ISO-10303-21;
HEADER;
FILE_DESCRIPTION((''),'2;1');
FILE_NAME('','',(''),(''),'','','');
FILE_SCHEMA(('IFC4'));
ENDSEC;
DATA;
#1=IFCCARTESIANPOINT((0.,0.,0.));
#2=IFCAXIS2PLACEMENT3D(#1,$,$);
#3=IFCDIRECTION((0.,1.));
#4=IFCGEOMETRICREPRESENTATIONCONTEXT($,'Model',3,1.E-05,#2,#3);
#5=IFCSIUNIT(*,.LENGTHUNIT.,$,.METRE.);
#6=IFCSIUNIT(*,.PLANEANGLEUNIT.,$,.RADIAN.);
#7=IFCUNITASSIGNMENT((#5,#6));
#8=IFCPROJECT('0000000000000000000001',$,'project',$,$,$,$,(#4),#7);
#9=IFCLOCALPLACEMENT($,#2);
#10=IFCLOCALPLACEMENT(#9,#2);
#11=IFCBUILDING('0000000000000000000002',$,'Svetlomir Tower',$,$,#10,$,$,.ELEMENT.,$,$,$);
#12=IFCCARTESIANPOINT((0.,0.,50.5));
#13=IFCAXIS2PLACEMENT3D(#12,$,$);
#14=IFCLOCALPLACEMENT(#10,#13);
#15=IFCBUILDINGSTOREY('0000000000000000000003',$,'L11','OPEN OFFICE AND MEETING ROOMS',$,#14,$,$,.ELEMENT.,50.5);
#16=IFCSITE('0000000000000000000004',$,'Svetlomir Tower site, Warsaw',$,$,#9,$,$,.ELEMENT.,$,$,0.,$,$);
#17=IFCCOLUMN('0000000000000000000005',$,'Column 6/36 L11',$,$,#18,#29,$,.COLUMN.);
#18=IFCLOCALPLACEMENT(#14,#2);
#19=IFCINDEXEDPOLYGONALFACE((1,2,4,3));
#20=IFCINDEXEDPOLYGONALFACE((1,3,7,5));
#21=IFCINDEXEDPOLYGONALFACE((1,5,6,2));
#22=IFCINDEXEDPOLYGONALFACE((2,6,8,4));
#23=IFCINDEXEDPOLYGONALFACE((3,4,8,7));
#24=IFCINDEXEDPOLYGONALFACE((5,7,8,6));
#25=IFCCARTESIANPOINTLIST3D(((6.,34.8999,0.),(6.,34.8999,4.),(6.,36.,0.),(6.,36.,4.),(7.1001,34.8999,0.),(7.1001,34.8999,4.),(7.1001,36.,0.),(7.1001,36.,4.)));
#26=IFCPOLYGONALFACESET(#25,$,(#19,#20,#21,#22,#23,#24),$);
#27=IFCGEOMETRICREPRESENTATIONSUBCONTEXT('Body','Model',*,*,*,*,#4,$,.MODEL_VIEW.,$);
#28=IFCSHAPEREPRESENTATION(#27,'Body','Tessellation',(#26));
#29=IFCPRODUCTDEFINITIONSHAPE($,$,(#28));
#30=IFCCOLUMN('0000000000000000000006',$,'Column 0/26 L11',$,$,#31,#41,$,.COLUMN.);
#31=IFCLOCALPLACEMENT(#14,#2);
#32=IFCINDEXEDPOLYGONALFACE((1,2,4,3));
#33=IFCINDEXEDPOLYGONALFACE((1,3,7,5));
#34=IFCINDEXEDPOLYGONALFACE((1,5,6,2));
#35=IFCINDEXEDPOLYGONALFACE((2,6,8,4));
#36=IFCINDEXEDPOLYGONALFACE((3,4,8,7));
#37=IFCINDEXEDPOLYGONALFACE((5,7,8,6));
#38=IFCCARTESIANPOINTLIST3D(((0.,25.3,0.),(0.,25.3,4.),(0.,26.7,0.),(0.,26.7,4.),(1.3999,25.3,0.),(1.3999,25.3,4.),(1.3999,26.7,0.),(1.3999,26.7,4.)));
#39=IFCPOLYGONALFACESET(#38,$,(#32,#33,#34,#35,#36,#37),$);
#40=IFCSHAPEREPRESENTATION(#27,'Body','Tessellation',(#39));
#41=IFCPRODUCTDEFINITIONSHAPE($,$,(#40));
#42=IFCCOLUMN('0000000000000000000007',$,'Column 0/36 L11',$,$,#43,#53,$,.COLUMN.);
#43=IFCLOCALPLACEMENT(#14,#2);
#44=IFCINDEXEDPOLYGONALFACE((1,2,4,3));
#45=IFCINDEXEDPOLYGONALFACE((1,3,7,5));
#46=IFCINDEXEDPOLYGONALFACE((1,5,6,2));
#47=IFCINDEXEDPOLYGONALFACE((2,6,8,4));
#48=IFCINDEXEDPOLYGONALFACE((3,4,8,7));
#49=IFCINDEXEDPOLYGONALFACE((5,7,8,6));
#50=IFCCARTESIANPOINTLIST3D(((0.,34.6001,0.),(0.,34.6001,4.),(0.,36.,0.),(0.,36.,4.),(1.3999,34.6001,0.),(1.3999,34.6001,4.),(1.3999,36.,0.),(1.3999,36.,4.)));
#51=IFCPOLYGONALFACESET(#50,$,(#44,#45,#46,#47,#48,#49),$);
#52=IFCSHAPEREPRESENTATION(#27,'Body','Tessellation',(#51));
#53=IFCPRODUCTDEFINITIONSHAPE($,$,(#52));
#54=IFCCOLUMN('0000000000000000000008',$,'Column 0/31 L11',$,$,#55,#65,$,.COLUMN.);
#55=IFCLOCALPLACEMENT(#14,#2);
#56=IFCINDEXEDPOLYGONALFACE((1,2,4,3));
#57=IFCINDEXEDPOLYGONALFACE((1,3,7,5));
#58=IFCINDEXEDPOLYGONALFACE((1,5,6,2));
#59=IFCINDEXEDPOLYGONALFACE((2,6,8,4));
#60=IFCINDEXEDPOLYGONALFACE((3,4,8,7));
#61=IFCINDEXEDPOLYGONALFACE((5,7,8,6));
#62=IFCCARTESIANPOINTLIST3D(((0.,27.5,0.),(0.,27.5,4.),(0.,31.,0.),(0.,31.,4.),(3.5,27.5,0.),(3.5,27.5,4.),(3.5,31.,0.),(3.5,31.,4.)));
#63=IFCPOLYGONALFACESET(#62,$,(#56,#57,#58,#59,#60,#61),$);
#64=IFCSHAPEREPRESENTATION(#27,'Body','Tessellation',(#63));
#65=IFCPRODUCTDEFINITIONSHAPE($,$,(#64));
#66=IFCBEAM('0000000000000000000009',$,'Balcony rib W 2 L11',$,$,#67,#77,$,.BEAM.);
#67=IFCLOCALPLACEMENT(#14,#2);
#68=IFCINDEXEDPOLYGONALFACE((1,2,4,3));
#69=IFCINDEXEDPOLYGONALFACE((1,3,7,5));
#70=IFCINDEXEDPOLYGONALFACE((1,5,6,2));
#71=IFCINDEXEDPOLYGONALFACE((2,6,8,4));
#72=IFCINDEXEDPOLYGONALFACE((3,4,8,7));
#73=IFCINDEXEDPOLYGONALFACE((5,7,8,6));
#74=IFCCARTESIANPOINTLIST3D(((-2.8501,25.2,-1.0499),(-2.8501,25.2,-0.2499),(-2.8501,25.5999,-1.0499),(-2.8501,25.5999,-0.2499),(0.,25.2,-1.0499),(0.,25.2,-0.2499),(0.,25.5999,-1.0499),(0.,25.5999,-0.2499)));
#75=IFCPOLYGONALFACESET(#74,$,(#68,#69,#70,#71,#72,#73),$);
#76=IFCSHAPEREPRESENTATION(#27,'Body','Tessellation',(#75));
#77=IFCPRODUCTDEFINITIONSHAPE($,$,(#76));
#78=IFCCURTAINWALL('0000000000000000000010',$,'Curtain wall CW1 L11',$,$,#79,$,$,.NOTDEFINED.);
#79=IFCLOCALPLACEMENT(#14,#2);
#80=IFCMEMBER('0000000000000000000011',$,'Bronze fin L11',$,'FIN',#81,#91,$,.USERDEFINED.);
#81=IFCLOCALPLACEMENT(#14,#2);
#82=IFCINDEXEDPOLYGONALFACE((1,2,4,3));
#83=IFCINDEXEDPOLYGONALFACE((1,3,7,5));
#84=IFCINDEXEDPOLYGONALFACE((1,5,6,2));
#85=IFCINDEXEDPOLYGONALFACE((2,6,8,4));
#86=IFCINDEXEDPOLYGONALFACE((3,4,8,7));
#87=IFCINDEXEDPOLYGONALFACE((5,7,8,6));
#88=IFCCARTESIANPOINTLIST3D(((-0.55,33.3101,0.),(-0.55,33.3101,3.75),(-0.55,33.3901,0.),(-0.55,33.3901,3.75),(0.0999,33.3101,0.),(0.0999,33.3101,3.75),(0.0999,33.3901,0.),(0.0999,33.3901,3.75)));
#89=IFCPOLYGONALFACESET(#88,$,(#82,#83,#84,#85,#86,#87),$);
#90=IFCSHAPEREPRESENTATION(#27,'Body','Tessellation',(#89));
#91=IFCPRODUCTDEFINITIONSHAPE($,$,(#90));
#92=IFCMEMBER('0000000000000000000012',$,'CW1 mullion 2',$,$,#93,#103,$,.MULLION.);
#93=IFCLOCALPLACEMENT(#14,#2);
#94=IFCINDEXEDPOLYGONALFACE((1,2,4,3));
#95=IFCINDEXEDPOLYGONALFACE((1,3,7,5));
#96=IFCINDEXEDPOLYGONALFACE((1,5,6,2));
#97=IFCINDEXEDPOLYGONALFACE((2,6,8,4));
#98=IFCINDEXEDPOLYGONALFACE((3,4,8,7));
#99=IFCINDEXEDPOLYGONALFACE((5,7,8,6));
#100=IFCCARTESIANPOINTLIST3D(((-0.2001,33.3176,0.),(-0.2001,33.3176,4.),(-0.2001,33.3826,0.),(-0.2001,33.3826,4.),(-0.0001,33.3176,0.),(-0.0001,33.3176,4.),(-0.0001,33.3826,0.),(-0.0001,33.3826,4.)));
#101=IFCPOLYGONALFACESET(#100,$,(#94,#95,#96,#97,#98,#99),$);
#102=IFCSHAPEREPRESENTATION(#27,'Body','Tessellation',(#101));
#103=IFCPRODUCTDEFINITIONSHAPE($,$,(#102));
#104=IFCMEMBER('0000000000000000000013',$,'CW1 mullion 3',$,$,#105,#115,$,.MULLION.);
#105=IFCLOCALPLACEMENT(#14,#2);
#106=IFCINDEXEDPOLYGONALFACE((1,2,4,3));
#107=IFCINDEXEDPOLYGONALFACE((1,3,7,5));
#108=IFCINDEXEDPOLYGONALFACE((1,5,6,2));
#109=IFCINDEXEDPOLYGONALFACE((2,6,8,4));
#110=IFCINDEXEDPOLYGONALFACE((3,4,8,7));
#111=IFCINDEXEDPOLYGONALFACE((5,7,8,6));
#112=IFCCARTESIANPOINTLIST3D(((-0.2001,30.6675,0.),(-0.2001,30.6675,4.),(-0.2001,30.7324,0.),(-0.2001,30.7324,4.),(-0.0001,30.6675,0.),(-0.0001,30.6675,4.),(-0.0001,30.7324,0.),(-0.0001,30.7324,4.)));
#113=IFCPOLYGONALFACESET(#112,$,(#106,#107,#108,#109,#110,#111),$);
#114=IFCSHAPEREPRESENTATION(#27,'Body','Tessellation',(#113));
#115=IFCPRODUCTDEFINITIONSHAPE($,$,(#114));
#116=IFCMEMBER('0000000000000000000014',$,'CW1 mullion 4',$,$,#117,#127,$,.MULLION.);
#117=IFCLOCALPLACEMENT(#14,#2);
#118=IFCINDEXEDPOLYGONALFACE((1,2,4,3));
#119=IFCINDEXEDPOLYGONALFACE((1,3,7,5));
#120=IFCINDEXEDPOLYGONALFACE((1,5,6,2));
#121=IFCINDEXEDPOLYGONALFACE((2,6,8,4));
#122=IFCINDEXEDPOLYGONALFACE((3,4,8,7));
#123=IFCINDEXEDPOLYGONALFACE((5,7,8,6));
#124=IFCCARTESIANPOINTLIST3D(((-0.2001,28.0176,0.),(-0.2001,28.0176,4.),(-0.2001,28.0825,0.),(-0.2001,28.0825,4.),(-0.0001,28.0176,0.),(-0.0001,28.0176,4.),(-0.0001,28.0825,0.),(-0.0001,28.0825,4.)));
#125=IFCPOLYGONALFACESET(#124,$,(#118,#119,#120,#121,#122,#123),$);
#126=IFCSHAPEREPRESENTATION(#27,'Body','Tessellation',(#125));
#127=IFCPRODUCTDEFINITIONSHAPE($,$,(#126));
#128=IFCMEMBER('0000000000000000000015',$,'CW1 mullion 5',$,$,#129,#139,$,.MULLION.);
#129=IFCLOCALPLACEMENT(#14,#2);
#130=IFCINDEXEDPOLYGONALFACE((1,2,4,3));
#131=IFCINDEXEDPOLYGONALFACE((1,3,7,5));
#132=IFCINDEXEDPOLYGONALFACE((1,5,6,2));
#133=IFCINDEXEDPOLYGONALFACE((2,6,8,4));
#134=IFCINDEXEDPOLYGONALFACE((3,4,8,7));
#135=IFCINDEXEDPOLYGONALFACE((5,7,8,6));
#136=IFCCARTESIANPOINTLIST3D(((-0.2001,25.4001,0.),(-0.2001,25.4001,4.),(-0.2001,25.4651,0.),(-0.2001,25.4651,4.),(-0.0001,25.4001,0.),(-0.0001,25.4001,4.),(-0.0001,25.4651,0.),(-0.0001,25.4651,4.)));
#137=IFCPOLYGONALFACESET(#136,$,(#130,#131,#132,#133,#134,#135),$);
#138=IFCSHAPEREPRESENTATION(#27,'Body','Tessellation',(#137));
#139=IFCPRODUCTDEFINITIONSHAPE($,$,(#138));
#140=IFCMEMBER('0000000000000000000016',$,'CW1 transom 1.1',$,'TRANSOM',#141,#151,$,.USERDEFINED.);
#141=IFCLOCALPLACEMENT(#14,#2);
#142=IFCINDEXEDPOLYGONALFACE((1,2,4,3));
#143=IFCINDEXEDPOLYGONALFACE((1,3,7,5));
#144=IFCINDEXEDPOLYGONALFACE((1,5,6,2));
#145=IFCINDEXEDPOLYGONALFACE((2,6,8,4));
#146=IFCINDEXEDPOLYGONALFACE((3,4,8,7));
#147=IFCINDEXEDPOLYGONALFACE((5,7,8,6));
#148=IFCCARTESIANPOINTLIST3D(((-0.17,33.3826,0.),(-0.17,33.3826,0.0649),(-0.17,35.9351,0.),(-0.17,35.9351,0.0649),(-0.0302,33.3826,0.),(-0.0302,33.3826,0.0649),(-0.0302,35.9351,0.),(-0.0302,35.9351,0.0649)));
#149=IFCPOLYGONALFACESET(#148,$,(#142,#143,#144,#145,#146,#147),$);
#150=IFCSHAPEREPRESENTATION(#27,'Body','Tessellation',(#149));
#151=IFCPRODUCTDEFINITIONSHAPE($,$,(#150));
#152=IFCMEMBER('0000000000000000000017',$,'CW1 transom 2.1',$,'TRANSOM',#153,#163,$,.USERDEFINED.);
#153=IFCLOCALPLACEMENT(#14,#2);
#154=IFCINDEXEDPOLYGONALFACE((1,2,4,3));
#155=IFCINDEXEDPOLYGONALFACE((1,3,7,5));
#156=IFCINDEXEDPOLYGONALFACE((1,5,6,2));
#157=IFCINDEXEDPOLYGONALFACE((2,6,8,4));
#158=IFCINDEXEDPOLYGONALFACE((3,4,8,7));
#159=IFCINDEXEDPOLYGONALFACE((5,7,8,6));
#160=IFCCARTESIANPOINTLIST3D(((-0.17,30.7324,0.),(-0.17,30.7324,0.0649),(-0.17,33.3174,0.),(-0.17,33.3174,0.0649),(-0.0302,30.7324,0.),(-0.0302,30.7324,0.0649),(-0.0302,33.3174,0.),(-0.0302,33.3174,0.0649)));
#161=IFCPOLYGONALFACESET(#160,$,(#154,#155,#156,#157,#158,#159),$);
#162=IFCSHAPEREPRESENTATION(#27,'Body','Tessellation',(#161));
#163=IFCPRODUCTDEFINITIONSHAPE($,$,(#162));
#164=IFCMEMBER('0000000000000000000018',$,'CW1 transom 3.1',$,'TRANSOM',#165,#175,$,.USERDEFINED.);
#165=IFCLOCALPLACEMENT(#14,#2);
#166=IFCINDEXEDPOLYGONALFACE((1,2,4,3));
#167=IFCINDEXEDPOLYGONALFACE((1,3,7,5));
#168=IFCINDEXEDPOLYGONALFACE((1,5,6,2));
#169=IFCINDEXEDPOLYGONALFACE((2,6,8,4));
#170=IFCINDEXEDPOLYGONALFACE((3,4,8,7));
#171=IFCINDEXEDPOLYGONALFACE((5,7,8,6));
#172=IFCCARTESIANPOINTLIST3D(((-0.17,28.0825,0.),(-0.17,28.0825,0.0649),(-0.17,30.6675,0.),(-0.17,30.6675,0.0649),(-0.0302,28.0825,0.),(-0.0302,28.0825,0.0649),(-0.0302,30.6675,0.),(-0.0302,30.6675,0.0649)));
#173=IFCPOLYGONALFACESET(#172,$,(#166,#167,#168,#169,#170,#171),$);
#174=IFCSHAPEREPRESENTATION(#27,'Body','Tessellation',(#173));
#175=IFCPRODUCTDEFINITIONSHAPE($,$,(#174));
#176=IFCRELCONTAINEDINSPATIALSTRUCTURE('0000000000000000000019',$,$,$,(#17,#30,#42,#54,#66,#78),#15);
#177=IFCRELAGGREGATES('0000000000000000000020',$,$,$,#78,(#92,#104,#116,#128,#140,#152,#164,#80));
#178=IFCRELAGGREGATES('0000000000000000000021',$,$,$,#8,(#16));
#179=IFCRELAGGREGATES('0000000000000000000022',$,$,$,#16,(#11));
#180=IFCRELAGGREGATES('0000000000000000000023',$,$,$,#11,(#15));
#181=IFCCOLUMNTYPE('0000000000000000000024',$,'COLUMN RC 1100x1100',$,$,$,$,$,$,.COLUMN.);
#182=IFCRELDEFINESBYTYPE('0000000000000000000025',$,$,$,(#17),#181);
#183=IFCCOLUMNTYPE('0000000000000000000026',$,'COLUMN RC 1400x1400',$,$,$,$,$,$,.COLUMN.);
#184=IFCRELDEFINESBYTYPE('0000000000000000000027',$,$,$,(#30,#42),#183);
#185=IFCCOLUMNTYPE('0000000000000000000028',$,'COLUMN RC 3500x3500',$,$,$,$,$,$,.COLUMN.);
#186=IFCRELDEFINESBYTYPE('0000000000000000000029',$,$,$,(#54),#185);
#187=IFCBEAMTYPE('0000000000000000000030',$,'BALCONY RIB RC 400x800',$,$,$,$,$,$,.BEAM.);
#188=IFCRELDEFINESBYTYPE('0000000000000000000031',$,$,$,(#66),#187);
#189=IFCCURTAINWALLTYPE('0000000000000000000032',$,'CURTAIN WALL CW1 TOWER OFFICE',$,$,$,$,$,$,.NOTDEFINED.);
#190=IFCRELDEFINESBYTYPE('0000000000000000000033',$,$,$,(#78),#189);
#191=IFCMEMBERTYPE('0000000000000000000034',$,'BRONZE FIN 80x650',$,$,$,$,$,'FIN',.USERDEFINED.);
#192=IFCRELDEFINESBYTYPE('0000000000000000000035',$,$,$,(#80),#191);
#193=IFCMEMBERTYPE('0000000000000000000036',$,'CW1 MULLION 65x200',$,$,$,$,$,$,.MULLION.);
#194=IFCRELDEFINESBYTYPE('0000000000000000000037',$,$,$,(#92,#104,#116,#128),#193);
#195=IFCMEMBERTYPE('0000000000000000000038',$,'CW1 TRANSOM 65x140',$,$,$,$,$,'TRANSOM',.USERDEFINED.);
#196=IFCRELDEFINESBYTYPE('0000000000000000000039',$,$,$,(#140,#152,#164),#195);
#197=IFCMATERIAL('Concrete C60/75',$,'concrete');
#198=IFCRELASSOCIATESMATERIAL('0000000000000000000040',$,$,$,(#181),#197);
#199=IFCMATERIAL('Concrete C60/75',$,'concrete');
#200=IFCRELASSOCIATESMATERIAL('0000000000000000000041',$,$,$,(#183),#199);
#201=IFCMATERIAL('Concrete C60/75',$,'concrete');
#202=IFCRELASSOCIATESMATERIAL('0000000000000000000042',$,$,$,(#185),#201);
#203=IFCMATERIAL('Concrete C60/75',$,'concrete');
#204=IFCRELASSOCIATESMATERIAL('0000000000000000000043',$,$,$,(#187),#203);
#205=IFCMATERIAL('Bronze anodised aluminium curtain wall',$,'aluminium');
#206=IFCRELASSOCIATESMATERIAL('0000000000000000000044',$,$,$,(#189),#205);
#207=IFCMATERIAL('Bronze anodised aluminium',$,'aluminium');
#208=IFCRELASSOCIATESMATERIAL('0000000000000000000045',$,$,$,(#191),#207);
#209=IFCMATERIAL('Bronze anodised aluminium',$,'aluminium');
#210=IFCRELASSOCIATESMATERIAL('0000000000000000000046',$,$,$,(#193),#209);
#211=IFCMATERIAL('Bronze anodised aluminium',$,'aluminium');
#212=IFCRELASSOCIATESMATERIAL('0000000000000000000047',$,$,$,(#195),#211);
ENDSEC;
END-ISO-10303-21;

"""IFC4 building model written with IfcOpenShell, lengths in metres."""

from ifc_helpers import new_model, si_unit, direction, frame, origin, origin_2d, place, context, subcontext, project, spatial, rectangle, extrude, material, material_profile, profile_set, type_object, element, aggregate, save


model = new_model("IFC4")

# Units and contexts
model_context = context("Model", 3, precision=1e-05, world=origin(), true_north=direction((0.0, 1.0)))
body_context = subcontext(model_context, "Body", "Model", "MODEL_VIEW")
ifc_project = project(units=[si_unit("LENGTHUNIT", "METRE"), si_unit("PLANEANGLEUNIT", "RADIAN")], contexts=[model_context])

# Site, building, storey
site_placement = place(None, origin())
site = spatial("IfcSite", under=ifc_project, at=site_placement, Name="Svetlomir Tower site, Warsaw", CompositionType="ELEMENT", RefElevation=0.0)
building_placement = place(site_placement, origin())
building = spatial("IfcBuilding", under=site, at=building_placement, Name="Svetlomir Tower", CompositionType="ELEMENT")
storey_placement = place(building_placement, frame((0.0, 0.0, 50.5)))
storey = spatial("IfcBuildingStorey", under=building, at=storey_placement, Name="L11", Description="OPEN OFFICE AND MEETING ROOMS", CompositionType="ELEMENT", Elevation=50.5)

# Columns
ifc_material_1 = material(Name="Concrete C60/75", Category="concrete")
ifc_material_profile_1 = material_profile(ifc_material_1, rectangle(XDim=1.1001, YDim=1.1001, at=origin_2d()), Name="RC 1100x1100")
ifc_profile_set_1 = profile_set([ifc_material_profile_1], Name="Concrete C60/75")
column_type_1 = type_object("IfcColumnType", Name="COLUMN RC 1100x1100", PredefinedType="COLUMN", material=ifc_profile_set_1)
column_1_placement = place(storey_placement, frame((6.55, 35.45, 0.0), z_axis=(0.0, 0.0, 1.0), x_axis=(1.0, 0.0, 0.0)))
element("IfcColumn", 1, at=column_1_placement, inside=storey, type_object=column_type_1, Name="Column 6/36 L11", PredefinedType="COLUMN", context=body_context, shape_type="SweptSolid", body=[
    extrude(rectangle(XDim=1.1001, YDim=1.1001, at=origin_2d()), origin(), (0.0, 0.0, 1.0), 4.0),
])
ifc_material_2 = material(Name="Concrete C60/75", Category="concrete")
ifc_material_profile_2 = material_profile(ifc_material_2, rectangle(XDim=1.3999, YDim=1.3999, at=origin_2d()), Name="RC 1400x1400")
ifc_profile_set_2 = profile_set([ifc_material_profile_2], Name="Concrete C60/75")
column_type_2 = type_object("IfcColumnType", Name="COLUMN RC 1400x1400", PredefinedType="COLUMN", material=ifc_profile_set_2)
for number, where, z_axis, x_axis, name in (
    (2, (0.7, 26.0, 0.0), (0.0, 0.0, 1.0), (1.0, 0.0, 0.0), "Column 0/26 L11"),
    (3, (0.7, 35.3, 0.0), (0.0, 0.0, 1.0), (1.0, 0.0, 0.0), "Column 0/36 L11"),
):
    element("IfcColumn", number, at=place(storey_placement, frame(where, z_axis=z_axis, x_axis=x_axis)), inside=storey, type_object=column_type_2, Name=name, PredefinedType="COLUMN", context=body_context, shape_type="SweptSolid", body=[
        extrude(rectangle(XDim=1.3999, YDim=1.3999, at=origin_2d()), origin(), (0.0, 0.0, 1.0), 4.0),
    ])
ifc_material_3 = material(Name="Concrete C60/75", Category="concrete")
ifc_material_profile_3 = material_profile(ifc_material_3, rectangle(XDim=3.5, YDim=3.5, at=origin_2d()), Name="RC 3500x3500")
ifc_profile_set_3 = profile_set([ifc_material_profile_3], Name="Concrete C60/75")
column_type_3 = type_object("IfcColumnType", Name="COLUMN RC 3500x3500", PredefinedType="COLUMN", material=ifc_profile_set_3)
column_2_placement = place(storey_placement, frame((1.75, 29.25, 0.0), z_axis=(0.0, 0.0, 1.0), x_axis=(1.0, 0.0, 0.0)))
element("IfcColumn", 4, at=column_2_placement, inside=storey, type_object=column_type_3, Name="Column 0/31 L11", PredefinedType="COLUMN", context=body_context, shape_type="SweptSolid", body=[
    extrude(rectangle(XDim=3.5, YDim=3.5, at=origin_2d()), origin(), (0.0, 0.0, 1.0), 4.0),
])

# Beam
ifc_material_4 = material(Name="Concrete C60/75", Category="concrete")
ifc_material_profile_4 = material_profile(ifc_material_4, rectangle(XDim=0.3999, YDim=0.8, at=origin_2d()), Name="RC 400x800")
ifc_profile_set_4 = profile_set([ifc_material_profile_4], Name="Concrete C60/75")
beam_type_1 = type_object("IfcBeamType", Name="BALCONY RIB RC 400x800", PredefinedType="BEAM", material=ifc_profile_set_4)
beam_1_placement = place(storey_placement, frame((0.0, 25.3999, -0.6499), z_axis=(-1.0, 0.0, 0.0), x_axis=(0.0, -1.0, 0.0)))
element("IfcBeam", 5, at=beam_1_placement, inside=storey, type_object=beam_type_1, Name="Balcony rib W 2 L11", PredefinedType="BEAM", context=body_context, shape_type="SweptSolid", body=[
    extrude(rectangle(XDim=0.3999, YDim=0.8, at=origin_2d()), origin(), (0.0, 0.0, 1.0), 2.8501),
])

# Curtain wall, members
ifc_material_5 = material(Name="Bronze anodised aluminium curtain wall", Category="aluminium")
curtain_wall_type = type_object("IfcCurtainWallType", Name="CURTAIN WALL CW1 TOWER OFFICE", PredefinedType="NOTDEFINED", material=ifc_material_5)
curtain_wall_placement = place(storey_placement, origin())
curtain_wall = element("IfcCurtainWall", 6, at=curtain_wall_placement, inside=storey, type_object=curtain_wall_type, Name="Curtain wall CW1 L11", PredefinedType="NOTDEFINED")
ifc_material_6 = material(Name="Bronze anodised aluminium", Category="aluminium")
ifc_material_profile_5 = material_profile(ifc_material_6, rectangle(XDim=0.0801, YDim=0.6499, at=origin_2d()), Name="FIN 80x650")
ifc_profile_set_5 = profile_set([ifc_material_profile_5], Name="Bronze anodised aluminium 6063-T6")
member_type_1 = type_object("IfcMemberType", Name="BRONZE FIN 80x650", ElementType="FIN", PredefinedType="USERDEFINED", material=ifc_profile_set_5)
member_1_placement = place(storey_placement, frame((-0.2251, 33.3501, 0.0), z_axis=(0.0, 0.0, 1.0), x_axis=(0.0, 1.0, 0.0)))
member_1 = element("IfcMember", 7, at=member_1_placement, type_object=member_type_1, Name="Bronze fin L11", ObjectType="FIN", PredefinedType="USERDEFINED", context=body_context, shape_type="SweptSolid", body=[
    extrude(rectangle(XDim=0.0801, YDim=0.6499, at=origin_2d()), origin(), (0.0, 0.0, 1.0), 3.75),
])
ifc_material_7 = material(Name="Bronze anodised aluminium", Category="aluminium")
ifc_material_profile_6 = material_profile(ifc_material_7, rectangle(XDim=0.0649, YDim=0.2, at=origin_2d()), Name="AL 65x200")
ifc_profile_set_6 = profile_set([ifc_material_profile_6], Name="Bronze anodised aluminium 6063-T6")
member_type_2 = type_object("IfcMemberType", Name="CW1 MULLION 65x200", PredefinedType="MULLION", material=ifc_profile_set_6)
member_2_placement = place(storey_placement, frame((-0.1001, 33.3501, 0.0), z_axis=(0.0, 0.0, 1.0), x_axis=(0.0, -1.0, 0.0)))
member_2 = element("IfcMember", 8, at=member_2_placement, type_object=member_type_2, Name="CW1 mullion 2", PredefinedType="MULLION", context=body_context, shape_type="SweptSolid", body=[
    extrude(rectangle(XDim=0.0649, YDim=0.2, at=origin_2d()), origin(), (0.0, 0.0, 1.0), 4.0),
])
member_3_placement = place(storey_placement, frame((-0.1001, 30.7, 0.0), z_axis=(0.0, 0.0, 1.0), x_axis=(0.0, -1.0, 0.0)))
member_3 = element("IfcMember", 9, at=member_3_placement, type_object=member_type_2, Name="CW1 mullion 3", PredefinedType="MULLION", context=body_context, shape_type="SweptSolid", body=[
    extrude(rectangle(XDim=0.0649, YDim=0.2, at=origin_2d()), origin(), (0.0, 0.0, 1.0), 4.0),
])
member_4_placement = place(storey_placement, frame((-0.1001, 28.05, 0.0), z_axis=(0.0, 0.0, 1.0), x_axis=(0.0, -1.0, 0.0)))
member_4 = element("IfcMember", 10, at=member_4_placement, type_object=member_type_2, Name="CW1 mullion 4", PredefinedType="MULLION", context=body_context, shape_type="SweptSolid", body=[
    extrude(rectangle(XDim=0.0649, YDim=0.2, at=origin_2d()), origin(), (0.0, 0.0, 1.0), 4.0),
])
member_5_placement = place(storey_placement, frame((-0.1001, 25.4326, 0.0), z_axis=(0.0, 0.0, 1.0), x_axis=(0.0, -1.0, 0.0)))
member_5 = element("IfcMember", 11, at=member_5_placement, type_object=member_type_2, Name="CW1 mullion 5", PredefinedType="MULLION", context=body_context, shape_type="SweptSolid", body=[
    extrude(rectangle(XDim=0.0649, YDim=0.2, at=origin_2d()), origin(), (0.0, 0.0, 1.0), 4.0),
])
ifc_material_8 = material(Name="Bronze anodised aluminium", Category="aluminium")
ifc_material_profile_7 = material_profile(ifc_material_8, rectangle(XDim=0.1399, YDim=0.0649, at=origin_2d()), Name="AL 140x65")
ifc_profile_set_7 = profile_set([ifc_material_profile_7], Name="Bronze anodised aluminium 6063-T6")
member_type_3 = type_object("IfcMemberType", Name="CW1 TRANSOM 65x140", ElementType="TRANSOM", PredefinedType="USERDEFINED", material=ifc_profile_set_7)
member_6_placement = place(storey_placement, frame((-0.1001, 35.9351, 0.0325), z_axis=(0.0, -1.0, 0.0), x_axis=(1.0, 0.0, 0.0)))
member_6 = element("IfcMember", 12, at=member_6_placement, type_object=member_type_3, Name="CW1 transom 1.1", ObjectType="TRANSOM", PredefinedType="USERDEFINED", context=body_context, shape_type="SweptSolid", body=[
    extrude(rectangle(XDim=0.1399, YDim=0.0649, at=origin_2d()), origin(), (0.0, 0.0, 1.0), 2.5525),
])
member_7_placement = place(storey_placement, frame((-0.1001, 33.3174, 0.0325), z_axis=(0.0, -1.0, 0.0), x_axis=(1.0, 0.0, 0.0)))
member_7 = element("IfcMember", 13, at=member_7_placement, type_object=member_type_3, Name="CW1 transom 2.1", ObjectType="TRANSOM", PredefinedType="USERDEFINED", context=body_context, shape_type="SweptSolid", body=[
    extrude(rectangle(XDim=0.1399, YDim=0.0649, at=origin_2d()), origin(), (0.0, 0.0, 1.0), 2.585),
])
member_8_placement = place(storey_placement, frame((-0.1001, 30.6675, 0.0325), z_axis=(0.0, -1.0, 0.0), x_axis=(1.0, 0.0, 0.0)))
member_8 = element("IfcMember", 14, at=member_8_placement, type_object=member_type_3, Name="CW1 transom 3.1", ObjectType="TRANSOM", PredefinedType="USERDEFINED", context=body_context, shape_type="SweptSolid", body=[
    extrude(rectangle(XDim=0.1399, YDim=0.0649, at=origin_2d()), origin(), (0.0, 0.0, 1.0), 2.585),
])

aggregate(curtain_wall, [member_2, member_3, member_4, member_5, member_6, member_7, member_8, member_1])

save(model, "model.ifc")
